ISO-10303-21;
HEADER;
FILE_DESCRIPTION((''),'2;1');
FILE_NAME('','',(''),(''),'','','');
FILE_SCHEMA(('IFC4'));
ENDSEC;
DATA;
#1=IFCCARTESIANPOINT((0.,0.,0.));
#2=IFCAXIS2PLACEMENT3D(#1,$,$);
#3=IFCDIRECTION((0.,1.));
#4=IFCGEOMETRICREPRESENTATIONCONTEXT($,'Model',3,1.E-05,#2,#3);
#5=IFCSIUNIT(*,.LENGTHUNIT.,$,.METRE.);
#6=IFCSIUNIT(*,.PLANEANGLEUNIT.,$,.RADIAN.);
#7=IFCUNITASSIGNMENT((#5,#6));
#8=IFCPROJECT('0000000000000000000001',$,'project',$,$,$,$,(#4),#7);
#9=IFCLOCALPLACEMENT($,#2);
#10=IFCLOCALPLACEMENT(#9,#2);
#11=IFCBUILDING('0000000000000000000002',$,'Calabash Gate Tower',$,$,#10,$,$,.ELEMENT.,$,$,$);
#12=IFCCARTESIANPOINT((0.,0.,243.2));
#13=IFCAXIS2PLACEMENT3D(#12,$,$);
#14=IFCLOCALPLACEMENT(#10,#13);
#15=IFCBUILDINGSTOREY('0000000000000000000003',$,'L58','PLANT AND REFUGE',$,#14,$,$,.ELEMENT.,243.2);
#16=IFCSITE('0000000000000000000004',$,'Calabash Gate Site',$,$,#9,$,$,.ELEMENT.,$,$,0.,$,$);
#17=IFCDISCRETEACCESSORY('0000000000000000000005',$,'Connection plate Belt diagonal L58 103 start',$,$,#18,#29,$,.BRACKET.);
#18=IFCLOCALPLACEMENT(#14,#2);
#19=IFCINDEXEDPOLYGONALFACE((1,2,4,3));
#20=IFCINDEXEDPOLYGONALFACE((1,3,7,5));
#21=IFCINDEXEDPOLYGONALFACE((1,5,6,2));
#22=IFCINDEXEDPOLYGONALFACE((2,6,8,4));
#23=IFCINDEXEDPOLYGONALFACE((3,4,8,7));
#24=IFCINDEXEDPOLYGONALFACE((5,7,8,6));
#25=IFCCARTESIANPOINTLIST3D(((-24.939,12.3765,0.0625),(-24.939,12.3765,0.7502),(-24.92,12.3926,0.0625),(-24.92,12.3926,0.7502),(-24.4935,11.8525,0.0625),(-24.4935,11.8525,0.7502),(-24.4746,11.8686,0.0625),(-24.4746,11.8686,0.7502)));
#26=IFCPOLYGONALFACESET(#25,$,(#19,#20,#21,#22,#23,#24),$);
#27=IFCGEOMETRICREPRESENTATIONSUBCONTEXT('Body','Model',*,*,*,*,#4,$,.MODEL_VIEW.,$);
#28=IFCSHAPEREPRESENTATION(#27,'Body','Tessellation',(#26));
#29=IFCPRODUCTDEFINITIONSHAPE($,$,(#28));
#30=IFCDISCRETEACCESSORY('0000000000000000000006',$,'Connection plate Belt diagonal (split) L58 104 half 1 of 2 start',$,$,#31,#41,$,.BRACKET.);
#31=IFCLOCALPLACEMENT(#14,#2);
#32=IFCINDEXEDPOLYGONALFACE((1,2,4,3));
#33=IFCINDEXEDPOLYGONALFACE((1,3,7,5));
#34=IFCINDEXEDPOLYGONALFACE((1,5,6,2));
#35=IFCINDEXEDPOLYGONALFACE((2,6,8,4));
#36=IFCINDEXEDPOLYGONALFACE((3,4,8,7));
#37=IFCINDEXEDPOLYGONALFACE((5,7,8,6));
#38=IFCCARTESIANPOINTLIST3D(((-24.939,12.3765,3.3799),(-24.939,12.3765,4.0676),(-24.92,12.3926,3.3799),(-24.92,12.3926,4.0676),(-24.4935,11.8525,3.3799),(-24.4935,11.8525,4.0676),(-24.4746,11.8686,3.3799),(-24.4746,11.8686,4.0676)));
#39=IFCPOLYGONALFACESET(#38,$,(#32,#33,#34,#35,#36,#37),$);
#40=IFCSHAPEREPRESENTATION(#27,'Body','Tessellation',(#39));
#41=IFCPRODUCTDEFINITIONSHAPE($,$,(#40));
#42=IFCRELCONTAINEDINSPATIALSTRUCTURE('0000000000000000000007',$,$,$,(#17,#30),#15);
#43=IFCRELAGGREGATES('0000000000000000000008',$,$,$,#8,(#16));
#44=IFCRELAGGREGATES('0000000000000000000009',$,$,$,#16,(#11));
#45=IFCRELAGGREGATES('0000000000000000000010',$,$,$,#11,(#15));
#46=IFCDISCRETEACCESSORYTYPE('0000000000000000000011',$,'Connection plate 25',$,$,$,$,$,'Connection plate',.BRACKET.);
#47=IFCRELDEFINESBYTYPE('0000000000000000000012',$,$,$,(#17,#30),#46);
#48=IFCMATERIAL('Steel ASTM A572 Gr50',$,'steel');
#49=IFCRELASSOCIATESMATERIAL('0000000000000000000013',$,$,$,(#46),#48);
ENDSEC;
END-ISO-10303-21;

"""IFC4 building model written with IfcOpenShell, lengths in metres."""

from ifc_helpers import new_model, si_unit, direction, frame, origin, origin_2d, place, context, subcontext, project, spatial, rectangle, extrude, material, type_object, element, save


model = new_model("IFC4")

# Units and contexts
model_context = context("Model", 3, precision=1e-05, world=origin(), true_north=direction((0.0, 1.0)))
body_context = subcontext(model_context, "Body", "Model", "MODEL_VIEW")
ifc_project = project(units=[si_unit("LENGTHUNIT", "METRE"), si_unit("PLANEANGLEUNIT", "RADIAN")], contexts=[model_context])

# Site, building, storey
site_placement = place(None, origin())
site = spatial("IfcSite", under=ifc_project, at=site_placement, Name="Calabash Gate Site", CompositionType="ELEMENT", RefElevation=0.0)
building_placement = place(site_placement, origin())
building = spatial("IfcBuilding", under=site, at=building_placement, Name="Calabash Gate Tower", CompositionType="ELEMENT")
storey_placement = place(building_placement, frame((0.0, 0.0, 243.2)))
storey = spatial("IfcBuildingStorey", under=building, at=storey_placement, Name="L58", Description="PLANT AND REFUGE", CompositionType="ELEMENT", Elevation=243.2)

# Discrete accessories
ifc_material_1 = material(Name="Steel ASTM A572 Gr50", Category="steel")
discrete_accessory_type = type_object("IfcDiscreteAccessoryType", Name="Connection plate 25", ElementType="Connection plate", PredefinedType="BRACKET", material=ifc_material_1)
for number, where, z_axis, x_axis, name in (
    (1, (-24.7068, 12.1226, 0.0625), (0.0, 0.0, 1.0), (0.647704, -0.761892, 0.0), "Connection plate Belt diagonal L58 103 start"),
    (2, (-24.7068, 12.1226, 3.3799), (0.0, 0.0, 1.0), (0.647704, -0.761892, 0.0), "Connection plate Belt diagonal (split) L58 104 half 1 of 2 start"),
):
    element("IfcDiscreteAccessory", number, at=place(storey_placement, frame(where, z_axis=z_axis, x_axis=x_axis)), inside=storey, type_object=discrete_accessory_type, Name=name, PredefinedType="BRACKET", context=body_context, shape_type="SweptSolid", body=[
        extrude(rectangle(XDim=0.6877, YDim=0.0249, at=origin_2d()), origin(), (0.0, 0.0, 1.0), 0.6877),
    ])

save(model, "model.ifc")
